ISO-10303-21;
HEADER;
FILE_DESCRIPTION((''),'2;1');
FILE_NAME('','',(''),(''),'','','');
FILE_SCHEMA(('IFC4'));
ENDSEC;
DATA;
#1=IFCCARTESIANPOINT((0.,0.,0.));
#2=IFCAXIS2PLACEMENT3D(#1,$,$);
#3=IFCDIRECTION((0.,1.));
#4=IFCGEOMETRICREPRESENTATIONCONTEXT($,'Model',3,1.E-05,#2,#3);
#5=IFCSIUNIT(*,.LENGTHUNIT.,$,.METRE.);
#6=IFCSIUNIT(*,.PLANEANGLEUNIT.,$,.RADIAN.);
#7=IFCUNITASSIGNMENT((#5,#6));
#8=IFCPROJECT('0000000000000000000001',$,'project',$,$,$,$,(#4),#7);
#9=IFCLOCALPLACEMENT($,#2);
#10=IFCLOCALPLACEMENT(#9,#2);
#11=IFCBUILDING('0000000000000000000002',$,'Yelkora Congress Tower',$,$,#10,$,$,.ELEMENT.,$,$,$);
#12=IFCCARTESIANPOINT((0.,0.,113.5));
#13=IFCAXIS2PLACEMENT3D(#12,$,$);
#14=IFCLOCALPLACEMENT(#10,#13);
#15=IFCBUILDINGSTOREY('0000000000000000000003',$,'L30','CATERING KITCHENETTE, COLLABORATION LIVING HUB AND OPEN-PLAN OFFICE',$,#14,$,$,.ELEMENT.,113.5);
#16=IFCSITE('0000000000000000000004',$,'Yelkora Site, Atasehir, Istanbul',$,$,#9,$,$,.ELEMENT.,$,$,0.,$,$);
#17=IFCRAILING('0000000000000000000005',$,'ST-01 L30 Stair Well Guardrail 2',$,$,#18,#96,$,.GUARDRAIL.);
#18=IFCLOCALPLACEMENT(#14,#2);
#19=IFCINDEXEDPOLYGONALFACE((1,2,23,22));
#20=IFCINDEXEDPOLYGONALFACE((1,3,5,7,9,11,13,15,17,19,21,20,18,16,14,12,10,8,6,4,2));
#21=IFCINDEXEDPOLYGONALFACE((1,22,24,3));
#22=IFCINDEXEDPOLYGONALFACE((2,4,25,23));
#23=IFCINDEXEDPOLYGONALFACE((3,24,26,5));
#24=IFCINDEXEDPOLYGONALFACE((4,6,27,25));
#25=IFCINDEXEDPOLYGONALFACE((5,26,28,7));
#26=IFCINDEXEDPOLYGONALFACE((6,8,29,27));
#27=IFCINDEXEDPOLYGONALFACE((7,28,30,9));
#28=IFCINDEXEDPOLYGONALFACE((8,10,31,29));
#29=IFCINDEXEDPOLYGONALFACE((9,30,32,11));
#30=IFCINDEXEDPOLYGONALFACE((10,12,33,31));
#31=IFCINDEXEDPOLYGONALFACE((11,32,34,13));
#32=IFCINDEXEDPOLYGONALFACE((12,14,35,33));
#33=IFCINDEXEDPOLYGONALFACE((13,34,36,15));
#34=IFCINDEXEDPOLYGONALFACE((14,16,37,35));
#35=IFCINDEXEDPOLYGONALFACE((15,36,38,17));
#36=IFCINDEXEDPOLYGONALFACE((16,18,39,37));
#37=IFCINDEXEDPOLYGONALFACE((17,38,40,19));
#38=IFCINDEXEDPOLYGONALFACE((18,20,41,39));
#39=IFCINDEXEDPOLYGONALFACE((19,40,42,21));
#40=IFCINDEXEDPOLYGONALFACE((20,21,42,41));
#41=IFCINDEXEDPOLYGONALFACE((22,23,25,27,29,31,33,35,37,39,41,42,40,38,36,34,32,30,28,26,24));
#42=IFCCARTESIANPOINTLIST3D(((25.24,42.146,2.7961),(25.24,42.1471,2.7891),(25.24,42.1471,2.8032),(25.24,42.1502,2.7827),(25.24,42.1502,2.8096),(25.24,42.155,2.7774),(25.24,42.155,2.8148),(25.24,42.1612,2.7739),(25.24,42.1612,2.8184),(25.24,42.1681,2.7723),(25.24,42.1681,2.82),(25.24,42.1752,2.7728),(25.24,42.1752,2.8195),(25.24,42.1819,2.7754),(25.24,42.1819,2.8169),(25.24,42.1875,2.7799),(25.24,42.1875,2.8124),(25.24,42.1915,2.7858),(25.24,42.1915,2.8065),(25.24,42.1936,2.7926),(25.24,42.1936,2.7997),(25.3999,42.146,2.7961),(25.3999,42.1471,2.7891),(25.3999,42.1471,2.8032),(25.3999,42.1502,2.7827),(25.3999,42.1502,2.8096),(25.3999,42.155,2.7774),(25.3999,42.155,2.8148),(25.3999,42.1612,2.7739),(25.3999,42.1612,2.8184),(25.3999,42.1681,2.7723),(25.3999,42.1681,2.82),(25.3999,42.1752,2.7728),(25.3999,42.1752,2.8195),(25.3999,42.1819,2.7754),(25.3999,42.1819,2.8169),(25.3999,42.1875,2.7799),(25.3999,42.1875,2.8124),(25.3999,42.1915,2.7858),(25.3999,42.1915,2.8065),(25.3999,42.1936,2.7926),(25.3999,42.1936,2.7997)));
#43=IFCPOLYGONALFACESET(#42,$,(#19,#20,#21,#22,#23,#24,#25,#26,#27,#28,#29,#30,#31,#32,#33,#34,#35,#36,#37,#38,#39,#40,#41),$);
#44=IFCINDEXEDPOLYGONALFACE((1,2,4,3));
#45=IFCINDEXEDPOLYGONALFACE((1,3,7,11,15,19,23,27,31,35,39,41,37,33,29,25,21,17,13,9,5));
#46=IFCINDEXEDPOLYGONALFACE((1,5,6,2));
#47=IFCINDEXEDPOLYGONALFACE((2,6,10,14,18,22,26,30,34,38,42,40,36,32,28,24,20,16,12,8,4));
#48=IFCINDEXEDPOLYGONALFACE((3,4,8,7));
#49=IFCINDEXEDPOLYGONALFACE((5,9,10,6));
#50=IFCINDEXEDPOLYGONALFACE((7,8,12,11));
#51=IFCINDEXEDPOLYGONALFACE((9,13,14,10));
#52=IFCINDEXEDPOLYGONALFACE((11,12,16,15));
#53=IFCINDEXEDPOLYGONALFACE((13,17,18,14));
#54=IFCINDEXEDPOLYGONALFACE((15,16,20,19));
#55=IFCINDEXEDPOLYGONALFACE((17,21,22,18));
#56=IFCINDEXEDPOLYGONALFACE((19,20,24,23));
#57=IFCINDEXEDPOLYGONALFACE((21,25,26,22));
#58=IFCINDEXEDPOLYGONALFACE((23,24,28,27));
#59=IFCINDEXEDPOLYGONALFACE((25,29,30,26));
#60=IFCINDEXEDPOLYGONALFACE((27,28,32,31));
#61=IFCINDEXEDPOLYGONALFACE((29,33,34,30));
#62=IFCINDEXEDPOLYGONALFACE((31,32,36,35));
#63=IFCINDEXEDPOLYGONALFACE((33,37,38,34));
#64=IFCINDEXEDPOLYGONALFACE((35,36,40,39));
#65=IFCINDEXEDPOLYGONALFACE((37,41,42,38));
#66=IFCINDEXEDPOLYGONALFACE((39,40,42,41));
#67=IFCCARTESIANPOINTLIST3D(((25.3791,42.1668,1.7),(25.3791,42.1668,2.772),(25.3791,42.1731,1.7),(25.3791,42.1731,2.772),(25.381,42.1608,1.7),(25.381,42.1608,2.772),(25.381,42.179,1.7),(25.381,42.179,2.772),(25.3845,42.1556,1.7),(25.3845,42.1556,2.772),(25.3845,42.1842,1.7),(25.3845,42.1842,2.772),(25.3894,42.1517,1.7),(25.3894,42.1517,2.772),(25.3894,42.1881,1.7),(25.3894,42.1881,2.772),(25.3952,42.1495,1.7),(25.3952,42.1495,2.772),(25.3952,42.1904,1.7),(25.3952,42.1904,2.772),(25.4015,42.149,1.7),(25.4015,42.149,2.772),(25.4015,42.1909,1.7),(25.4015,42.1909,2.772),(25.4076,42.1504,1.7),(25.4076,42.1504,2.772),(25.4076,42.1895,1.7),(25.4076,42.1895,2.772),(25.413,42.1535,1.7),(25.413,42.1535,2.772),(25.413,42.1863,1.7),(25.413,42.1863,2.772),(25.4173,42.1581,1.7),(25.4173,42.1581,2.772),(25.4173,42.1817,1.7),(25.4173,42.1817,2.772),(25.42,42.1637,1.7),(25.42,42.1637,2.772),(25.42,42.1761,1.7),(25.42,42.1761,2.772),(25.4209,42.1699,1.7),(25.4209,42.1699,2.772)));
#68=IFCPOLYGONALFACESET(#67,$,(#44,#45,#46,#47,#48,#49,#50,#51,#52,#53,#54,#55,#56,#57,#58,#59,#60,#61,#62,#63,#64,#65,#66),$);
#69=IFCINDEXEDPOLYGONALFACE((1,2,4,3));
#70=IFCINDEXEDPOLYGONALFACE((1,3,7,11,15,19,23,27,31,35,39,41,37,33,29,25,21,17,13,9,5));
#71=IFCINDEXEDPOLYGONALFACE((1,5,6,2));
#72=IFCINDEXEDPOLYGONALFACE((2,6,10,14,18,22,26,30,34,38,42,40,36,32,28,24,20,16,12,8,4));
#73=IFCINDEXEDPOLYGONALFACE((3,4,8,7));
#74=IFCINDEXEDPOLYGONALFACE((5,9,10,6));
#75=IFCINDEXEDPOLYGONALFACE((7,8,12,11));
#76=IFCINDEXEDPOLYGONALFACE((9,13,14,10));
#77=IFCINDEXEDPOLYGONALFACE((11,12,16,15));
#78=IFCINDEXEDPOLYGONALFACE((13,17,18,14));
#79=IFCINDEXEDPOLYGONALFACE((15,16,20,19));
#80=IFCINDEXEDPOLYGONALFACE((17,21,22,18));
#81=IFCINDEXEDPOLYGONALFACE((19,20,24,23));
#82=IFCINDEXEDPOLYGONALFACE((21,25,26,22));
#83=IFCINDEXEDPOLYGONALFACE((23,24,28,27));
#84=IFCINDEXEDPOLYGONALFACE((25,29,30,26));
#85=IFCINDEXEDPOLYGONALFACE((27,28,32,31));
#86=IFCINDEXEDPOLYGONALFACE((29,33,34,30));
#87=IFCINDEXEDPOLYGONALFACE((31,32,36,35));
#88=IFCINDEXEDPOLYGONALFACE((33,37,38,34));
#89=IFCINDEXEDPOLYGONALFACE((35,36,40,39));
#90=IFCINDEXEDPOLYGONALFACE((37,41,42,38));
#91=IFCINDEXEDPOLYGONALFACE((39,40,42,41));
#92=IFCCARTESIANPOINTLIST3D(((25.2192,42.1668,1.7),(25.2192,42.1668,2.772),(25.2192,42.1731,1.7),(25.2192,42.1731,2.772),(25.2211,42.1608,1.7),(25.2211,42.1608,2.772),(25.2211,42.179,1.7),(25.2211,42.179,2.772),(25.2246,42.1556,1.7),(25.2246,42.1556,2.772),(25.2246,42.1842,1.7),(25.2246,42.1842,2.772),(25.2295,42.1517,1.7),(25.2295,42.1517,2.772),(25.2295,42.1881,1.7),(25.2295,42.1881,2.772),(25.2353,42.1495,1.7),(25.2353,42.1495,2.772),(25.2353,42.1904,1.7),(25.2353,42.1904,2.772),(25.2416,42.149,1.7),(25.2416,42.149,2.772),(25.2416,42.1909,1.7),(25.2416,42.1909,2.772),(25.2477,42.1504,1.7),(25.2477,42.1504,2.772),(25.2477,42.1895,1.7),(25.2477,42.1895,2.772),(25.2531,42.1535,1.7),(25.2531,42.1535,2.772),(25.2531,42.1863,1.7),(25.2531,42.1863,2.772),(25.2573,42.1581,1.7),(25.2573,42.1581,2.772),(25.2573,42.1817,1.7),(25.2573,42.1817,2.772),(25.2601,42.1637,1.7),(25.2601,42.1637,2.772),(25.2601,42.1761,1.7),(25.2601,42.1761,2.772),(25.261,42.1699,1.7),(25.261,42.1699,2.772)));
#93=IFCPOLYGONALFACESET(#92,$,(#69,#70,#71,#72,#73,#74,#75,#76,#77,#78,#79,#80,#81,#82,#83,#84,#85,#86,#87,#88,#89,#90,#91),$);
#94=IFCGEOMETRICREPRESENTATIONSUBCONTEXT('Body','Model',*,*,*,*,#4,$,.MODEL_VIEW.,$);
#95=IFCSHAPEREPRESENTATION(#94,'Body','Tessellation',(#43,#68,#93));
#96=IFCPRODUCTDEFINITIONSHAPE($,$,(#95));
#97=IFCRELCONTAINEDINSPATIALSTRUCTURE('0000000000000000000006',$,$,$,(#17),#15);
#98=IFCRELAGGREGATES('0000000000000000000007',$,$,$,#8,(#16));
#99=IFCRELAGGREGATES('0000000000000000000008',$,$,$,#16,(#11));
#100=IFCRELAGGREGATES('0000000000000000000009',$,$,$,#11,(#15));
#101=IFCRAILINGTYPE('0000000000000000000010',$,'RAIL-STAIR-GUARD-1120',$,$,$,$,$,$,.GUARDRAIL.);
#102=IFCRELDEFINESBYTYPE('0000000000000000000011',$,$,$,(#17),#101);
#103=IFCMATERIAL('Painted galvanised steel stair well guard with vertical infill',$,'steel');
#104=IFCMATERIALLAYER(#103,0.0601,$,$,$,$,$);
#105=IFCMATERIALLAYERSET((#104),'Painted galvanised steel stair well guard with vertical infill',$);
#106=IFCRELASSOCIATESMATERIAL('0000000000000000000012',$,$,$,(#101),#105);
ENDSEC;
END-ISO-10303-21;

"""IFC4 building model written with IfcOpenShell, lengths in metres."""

from ifc_helpers import new_model, si_unit, direction, frame, origin, origin_2d, place, context, subcontext, project, spatial, circle, extrude, material, layer, layer_set, type_object, element, save


model = new_model("IFC4")

# Units and contexts
model_context = context("Model", 3, precision=1e-05, world=origin(), true_north=direction((0.0, 1.0)))
body_context = subcontext(model_context, "Body", "Model", "MODEL_VIEW")
ifc_project = project(units=[si_unit("LENGTHUNIT", "METRE"), si_unit("PLANEANGLEUNIT", "RADIAN")], contexts=[model_context])

# Site, building, storey
site_placement = place(None, origin())
site = spatial("IfcSite", under=ifc_project, at=site_placement, Name="Yelkora Site, Atasehir, Istanbul", CompositionType="ELEMENT", RefElevation=0.0)
building_placement = place(site_placement, origin())
building = spatial("IfcBuilding", under=site, at=building_placement, Name="Yelkora Congress Tower", CompositionType="ELEMENT")
storey_placement = place(building_placement, frame((0.0, 0.0, 113.5)))
storey = spatial("IfcBuildingStorey", under=building, at=storey_placement, Name="L30", Description="CATERING KITCHENETTE, COLLABORATION LIVING HUB AND OPEN-PLAN OFFICE", CompositionType="ELEMENT", Elevation=113.5)

# Railing
ifc_material_1 = material(Name="Painted galvanised steel stair well guard with vertical infill", Category="steel")
ifc_layer_1 = layer(ifc_material_1, 0.0601)
ifc_layer_set_1 = layer_set([ifc_layer_1], Name="Painted galvanised steel stair well guard with vertical infill")
railing_type_1 = type_object("IfcRailingType", Name="RAIL-STAIR-GUARD-1120", PredefinedType="GUARDRAIL", material=ifc_layer_set_1)
railing_1_placement = place(storey_placement, frame((25.3999, 42.1699, 1.7)))
element("IfcRailing", 1, at=railing_1_placement, inside=storey, type_object=railing_type_1, Name="ST-01 L30 Stair Well Guardrail 2", PredefinedType="GUARDRAIL", context=body_context, shape_type="SweptSolid", body=[
    extrude(circle(Radius=0.0239, at=origin_2d()), frame((0.0, 0.0, 1.0962), z_axis=(-1.0, 0.0, 0.0), x_axis=(0.0, -1.0, 0.0)), (0.0, 0.0, 1.0), 0.1599),
    extrude(circle(Radius=0.021, at=origin_2d()), origin(), (0.0, 0.0, 1.0), 1.072),
    extrude(circle(Radius=0.021, at=origin_2d()), frame((-0.1599, 0.0, 0.0)), (0.0, 0.0, 1.0), 1.072),
])

save(model, "model.ifc")
